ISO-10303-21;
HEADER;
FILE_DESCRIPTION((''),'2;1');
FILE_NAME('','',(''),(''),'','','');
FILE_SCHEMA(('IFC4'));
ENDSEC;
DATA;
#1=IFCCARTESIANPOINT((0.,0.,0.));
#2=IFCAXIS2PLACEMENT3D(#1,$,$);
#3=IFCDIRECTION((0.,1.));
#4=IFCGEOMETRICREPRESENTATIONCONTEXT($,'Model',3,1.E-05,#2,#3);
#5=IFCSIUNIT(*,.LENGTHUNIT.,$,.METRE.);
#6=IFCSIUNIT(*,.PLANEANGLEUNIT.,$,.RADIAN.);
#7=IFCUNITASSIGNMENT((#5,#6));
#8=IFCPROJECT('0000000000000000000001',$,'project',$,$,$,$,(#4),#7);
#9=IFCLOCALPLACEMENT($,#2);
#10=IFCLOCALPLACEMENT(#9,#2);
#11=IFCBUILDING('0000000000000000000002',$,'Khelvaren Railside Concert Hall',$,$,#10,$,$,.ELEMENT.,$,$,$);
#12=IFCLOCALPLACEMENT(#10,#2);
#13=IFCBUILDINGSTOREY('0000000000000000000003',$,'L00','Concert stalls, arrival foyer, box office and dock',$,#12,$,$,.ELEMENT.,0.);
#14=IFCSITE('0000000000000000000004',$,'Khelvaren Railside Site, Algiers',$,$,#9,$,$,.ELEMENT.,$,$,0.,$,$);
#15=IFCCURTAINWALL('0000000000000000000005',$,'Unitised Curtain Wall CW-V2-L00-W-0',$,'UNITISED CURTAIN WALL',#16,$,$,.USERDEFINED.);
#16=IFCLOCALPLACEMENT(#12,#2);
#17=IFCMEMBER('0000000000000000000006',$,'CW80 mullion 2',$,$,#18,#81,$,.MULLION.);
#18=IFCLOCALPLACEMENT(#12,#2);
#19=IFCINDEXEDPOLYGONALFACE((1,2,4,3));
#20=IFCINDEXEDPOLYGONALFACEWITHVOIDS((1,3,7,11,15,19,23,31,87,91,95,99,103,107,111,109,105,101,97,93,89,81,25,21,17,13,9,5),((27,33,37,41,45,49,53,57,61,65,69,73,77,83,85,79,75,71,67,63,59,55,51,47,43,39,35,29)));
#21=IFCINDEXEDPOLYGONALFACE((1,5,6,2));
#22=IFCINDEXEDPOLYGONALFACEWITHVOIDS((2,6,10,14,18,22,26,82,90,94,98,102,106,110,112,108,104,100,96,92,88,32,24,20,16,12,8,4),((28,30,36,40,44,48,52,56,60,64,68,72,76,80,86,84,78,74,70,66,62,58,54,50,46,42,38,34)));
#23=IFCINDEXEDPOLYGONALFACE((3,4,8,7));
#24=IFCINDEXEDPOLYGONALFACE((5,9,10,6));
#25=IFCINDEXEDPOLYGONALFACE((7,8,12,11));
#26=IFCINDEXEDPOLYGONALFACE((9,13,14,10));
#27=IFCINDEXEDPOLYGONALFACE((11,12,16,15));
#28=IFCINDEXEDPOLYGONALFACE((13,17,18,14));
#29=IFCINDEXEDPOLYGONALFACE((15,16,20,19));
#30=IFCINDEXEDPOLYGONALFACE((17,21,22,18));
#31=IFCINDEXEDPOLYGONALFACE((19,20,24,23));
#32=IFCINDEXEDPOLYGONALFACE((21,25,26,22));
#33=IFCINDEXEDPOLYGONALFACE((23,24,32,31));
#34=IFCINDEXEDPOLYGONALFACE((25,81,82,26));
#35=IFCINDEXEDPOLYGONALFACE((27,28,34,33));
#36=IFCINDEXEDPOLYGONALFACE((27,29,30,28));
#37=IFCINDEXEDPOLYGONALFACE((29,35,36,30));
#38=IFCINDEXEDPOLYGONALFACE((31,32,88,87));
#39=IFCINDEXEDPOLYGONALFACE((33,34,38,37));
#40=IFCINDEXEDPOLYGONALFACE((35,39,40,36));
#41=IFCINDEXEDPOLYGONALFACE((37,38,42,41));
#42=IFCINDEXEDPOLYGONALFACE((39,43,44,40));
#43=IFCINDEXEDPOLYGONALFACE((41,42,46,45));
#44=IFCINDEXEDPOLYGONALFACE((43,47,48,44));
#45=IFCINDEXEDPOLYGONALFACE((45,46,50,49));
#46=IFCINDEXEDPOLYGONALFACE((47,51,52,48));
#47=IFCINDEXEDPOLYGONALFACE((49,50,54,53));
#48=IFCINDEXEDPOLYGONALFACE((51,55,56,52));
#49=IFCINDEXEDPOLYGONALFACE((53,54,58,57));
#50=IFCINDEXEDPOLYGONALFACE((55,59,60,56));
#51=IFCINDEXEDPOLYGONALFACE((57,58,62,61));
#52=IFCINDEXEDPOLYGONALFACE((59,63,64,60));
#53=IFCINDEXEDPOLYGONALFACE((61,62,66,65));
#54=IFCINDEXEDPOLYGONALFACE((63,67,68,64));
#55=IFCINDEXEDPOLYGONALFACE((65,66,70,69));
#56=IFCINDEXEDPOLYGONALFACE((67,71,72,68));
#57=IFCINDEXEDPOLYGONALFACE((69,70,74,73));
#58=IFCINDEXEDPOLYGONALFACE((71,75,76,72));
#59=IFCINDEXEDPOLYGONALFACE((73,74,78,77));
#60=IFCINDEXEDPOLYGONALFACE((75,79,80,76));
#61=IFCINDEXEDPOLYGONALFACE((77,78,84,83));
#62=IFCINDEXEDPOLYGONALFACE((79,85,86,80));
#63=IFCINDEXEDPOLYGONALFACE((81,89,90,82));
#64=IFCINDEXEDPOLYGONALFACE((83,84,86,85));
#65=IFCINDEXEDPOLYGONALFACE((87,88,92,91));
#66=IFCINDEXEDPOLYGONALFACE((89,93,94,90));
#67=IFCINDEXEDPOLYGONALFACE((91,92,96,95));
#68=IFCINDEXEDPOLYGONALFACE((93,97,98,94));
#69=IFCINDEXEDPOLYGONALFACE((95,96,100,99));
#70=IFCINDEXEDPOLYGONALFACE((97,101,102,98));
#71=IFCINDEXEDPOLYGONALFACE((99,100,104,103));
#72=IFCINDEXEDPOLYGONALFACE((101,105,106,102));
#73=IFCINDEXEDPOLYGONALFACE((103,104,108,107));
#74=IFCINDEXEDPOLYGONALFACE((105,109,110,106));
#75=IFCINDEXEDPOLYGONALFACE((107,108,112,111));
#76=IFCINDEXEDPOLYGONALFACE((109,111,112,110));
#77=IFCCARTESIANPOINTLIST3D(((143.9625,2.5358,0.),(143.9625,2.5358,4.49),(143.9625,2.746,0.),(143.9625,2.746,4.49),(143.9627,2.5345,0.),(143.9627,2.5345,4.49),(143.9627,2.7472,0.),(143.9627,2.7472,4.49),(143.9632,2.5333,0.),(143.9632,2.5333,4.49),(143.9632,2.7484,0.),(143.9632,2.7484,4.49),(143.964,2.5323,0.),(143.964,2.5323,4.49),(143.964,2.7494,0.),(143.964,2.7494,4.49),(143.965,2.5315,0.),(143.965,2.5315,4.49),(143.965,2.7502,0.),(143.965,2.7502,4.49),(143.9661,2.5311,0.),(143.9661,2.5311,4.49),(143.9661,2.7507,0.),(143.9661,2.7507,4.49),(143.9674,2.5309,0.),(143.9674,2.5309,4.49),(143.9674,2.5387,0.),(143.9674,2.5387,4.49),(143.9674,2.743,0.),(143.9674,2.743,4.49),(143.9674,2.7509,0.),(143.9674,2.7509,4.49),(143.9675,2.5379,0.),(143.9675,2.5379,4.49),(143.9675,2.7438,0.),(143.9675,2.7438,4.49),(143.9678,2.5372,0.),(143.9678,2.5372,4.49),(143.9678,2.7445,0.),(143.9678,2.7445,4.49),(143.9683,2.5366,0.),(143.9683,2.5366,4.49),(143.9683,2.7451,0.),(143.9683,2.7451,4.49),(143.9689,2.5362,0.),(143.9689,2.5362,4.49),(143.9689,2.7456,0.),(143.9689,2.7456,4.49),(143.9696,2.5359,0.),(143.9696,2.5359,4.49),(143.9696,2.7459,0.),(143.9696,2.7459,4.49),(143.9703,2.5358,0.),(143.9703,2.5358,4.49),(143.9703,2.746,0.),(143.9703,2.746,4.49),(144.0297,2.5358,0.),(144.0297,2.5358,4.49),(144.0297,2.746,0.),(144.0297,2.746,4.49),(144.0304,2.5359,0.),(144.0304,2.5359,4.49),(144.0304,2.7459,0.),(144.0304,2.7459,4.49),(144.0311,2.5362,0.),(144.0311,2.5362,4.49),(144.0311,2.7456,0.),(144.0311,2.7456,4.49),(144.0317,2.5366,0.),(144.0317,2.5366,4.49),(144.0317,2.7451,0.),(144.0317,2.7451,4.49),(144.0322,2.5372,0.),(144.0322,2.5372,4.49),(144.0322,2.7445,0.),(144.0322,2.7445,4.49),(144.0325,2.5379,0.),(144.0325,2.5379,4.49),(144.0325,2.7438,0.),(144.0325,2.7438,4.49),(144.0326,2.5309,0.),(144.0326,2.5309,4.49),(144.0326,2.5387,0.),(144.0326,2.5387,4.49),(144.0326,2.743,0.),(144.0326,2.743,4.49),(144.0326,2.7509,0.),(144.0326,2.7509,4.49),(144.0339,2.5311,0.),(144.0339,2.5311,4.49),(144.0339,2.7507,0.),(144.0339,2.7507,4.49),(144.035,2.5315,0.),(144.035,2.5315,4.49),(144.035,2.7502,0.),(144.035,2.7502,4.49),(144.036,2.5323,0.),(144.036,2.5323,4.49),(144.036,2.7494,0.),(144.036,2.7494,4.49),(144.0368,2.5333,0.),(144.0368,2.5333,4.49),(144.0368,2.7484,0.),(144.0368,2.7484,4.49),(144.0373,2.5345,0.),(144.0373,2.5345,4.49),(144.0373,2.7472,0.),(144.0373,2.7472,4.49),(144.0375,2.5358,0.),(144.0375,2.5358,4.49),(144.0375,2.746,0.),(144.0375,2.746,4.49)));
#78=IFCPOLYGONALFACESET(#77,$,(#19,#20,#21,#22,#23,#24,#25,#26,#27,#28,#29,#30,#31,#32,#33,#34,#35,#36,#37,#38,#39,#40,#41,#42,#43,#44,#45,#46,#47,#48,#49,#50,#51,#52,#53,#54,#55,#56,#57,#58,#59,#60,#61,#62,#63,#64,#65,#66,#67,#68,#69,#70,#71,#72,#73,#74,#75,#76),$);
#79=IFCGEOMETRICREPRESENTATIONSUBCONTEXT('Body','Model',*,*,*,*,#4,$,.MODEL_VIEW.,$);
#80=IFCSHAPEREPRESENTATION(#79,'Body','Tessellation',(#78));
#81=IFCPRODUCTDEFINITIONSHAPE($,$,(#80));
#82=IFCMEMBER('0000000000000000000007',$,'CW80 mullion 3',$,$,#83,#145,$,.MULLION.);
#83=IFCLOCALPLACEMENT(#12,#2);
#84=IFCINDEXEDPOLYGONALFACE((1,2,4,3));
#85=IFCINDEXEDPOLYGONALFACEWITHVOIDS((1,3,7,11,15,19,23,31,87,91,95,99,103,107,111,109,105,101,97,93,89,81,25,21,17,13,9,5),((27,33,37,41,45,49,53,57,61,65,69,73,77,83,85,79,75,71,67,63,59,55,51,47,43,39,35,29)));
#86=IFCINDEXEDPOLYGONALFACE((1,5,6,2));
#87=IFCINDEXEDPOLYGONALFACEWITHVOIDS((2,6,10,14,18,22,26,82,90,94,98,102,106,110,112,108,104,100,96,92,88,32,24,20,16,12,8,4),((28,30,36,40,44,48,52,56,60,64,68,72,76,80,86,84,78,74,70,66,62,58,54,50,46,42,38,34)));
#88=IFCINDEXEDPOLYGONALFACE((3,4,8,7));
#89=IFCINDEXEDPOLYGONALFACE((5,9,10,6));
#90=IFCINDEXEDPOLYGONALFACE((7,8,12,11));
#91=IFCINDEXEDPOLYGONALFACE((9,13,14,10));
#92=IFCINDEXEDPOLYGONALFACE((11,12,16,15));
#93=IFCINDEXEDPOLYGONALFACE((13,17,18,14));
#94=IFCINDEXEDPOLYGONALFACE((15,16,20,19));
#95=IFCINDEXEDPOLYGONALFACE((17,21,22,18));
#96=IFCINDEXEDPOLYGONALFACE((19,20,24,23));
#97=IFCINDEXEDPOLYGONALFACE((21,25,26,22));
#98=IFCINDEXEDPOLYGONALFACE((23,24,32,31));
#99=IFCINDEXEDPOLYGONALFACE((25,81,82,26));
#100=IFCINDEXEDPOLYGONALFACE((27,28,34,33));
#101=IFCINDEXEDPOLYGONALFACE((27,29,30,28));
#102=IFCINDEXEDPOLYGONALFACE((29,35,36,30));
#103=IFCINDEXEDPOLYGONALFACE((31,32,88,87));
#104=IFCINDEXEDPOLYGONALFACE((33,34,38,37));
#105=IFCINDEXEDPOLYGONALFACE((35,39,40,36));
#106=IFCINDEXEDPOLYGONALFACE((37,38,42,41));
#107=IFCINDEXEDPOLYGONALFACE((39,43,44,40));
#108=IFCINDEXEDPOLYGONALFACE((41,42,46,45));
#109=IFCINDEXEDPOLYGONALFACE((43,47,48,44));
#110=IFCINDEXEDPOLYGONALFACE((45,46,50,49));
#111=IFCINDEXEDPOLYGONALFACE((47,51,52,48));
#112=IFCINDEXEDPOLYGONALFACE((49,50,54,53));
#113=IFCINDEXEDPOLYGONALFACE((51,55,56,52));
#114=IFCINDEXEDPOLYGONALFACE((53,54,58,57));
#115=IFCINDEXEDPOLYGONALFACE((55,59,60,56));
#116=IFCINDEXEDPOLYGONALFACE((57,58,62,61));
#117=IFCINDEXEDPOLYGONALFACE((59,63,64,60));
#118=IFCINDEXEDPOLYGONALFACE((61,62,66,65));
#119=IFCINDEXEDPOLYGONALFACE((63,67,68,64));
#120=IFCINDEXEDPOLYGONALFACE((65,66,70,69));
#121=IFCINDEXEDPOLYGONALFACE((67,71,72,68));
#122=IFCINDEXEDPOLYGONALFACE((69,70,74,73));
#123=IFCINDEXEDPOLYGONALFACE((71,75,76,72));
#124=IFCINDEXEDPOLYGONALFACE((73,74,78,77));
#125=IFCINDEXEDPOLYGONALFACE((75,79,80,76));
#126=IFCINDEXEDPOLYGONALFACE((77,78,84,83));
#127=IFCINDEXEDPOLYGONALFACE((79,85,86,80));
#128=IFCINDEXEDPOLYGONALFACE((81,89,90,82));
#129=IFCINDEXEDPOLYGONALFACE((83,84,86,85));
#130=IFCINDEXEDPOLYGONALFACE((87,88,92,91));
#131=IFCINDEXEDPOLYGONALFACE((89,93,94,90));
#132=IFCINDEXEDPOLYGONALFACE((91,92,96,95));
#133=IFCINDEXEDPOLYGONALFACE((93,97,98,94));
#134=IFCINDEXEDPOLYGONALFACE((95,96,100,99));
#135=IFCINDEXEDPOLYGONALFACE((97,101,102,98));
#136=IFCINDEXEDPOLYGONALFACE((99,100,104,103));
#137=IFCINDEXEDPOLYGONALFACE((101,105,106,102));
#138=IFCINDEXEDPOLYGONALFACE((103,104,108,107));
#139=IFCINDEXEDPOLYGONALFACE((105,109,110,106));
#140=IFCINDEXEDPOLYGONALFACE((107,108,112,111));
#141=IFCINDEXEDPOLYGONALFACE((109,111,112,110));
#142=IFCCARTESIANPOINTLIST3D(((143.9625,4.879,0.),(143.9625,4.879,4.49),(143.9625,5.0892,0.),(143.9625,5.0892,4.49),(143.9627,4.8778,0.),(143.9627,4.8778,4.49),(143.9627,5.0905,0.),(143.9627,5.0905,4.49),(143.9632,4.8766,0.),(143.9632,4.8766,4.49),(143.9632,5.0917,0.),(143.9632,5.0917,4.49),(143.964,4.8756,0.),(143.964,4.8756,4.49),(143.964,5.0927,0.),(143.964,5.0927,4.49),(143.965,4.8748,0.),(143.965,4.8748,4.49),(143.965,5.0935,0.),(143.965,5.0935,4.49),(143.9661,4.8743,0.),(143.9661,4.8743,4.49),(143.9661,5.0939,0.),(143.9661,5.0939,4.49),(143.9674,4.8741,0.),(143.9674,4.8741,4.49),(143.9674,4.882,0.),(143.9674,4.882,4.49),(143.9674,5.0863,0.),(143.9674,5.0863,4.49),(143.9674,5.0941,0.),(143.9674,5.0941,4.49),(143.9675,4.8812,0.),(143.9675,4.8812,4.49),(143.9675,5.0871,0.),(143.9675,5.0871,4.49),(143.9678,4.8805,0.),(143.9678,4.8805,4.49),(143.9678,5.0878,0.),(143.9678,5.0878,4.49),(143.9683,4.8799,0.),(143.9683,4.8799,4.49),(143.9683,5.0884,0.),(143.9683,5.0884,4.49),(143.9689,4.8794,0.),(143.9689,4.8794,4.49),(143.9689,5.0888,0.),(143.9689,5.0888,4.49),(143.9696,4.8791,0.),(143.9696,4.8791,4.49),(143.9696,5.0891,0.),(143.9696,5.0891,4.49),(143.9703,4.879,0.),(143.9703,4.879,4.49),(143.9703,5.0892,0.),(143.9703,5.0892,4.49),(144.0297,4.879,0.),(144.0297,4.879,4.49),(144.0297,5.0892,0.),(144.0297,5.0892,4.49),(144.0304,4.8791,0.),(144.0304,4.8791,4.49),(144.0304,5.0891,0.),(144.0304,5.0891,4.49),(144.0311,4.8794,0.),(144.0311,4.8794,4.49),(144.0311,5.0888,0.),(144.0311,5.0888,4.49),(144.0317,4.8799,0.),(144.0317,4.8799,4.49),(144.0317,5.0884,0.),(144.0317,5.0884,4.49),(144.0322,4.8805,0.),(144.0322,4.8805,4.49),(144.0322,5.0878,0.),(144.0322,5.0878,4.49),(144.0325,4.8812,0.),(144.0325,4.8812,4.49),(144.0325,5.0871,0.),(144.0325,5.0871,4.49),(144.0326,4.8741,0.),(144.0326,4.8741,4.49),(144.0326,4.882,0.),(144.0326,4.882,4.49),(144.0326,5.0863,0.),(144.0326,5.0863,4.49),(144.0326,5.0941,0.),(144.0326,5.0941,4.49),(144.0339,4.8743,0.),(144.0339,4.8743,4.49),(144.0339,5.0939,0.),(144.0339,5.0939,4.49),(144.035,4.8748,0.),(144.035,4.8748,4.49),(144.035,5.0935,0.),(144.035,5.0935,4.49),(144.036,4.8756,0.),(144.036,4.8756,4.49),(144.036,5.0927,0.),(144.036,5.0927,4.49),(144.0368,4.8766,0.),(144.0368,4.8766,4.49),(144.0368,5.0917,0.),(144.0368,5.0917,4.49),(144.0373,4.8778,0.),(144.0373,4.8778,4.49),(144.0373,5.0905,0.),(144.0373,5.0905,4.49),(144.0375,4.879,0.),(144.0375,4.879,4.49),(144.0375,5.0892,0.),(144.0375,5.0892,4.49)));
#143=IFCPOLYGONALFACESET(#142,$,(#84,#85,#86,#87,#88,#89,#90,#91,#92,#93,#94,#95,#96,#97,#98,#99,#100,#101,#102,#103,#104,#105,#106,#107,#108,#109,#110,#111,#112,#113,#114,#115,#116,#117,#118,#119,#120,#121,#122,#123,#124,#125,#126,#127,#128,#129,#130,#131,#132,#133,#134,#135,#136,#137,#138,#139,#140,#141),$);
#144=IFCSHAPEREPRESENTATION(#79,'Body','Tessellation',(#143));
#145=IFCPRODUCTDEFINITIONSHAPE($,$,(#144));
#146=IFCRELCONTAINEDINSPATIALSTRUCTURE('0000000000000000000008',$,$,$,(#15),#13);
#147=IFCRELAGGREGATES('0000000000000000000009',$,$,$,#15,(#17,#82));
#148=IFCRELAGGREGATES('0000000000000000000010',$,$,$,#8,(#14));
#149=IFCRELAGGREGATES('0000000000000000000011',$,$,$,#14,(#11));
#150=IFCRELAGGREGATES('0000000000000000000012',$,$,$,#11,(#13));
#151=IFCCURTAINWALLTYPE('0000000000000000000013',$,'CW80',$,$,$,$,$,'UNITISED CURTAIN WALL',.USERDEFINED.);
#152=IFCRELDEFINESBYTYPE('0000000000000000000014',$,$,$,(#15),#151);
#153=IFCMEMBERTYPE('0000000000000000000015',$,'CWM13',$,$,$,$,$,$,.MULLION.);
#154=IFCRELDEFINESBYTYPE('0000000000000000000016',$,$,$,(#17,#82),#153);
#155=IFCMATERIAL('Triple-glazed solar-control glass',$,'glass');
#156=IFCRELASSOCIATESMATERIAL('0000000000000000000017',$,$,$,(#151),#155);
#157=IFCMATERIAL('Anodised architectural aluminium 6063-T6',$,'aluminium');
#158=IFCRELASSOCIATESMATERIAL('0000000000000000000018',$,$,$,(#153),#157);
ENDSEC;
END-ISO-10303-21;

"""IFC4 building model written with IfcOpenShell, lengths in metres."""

from ifc_helpers import new_model, si_unit, direction, frame, origin, origin_2d, place, context, subcontext, project, spatial, hollow_rectangle, extrude, material, material_profile, profile_set, type_object, element, aggregate, save


model = new_model("IFC4")

# Units and contexts
model_context = context("Model", 3, precision=1e-05, world=origin(), true_north=direction((0.0, 1.0)))
body_context = subcontext(model_context, "Body", "Model", "MODEL_VIEW")
ifc_project = project(units=[si_unit("LENGTHUNIT", "METRE"), si_unit("PLANEANGLEUNIT", "RADIAN")], contexts=[model_context])

# Site, building, storey
site_placement = place(None, origin())
site = spatial("IfcSite", under=ifc_project, at=site_placement, Name="Khelvaren Railside Site, Algiers", CompositionType="ELEMENT", RefElevation=0.0)
building_placement = place(site_placement, origin())
building = spatial("IfcBuilding", under=site, at=building_placement, Name="Khelvaren Railside Concert Hall", CompositionType="ELEMENT")
storey_placement = place(building_placement, origin())
storey = spatial("IfcBuildingStorey", under=building, at=storey_placement, Name="L00", Description="Concert stalls, arrival foyer, box office and dock", CompositionType="ELEMENT", Elevation=0.0)

# Curtain wall, members
ifc_material_1 = material(Name="Triple-glazed solar-control glass", Category="glass")
curtain_wall_type_1 = type_object("IfcCurtainWallType", Name="CW80", ElementType="UNITISED CURTAIN WALL", PredefinedType="USERDEFINED", material=ifc_material_1)
curtain_wall_1_placement = place(storey_placement, origin())
curtain_wall_1 = element("IfcCurtainWall", 1, at=curtain_wall_1_placement, inside=storey, type_object=curtain_wall_type_1, Name="Unitised Curtain Wall CW-V2-L00-W-0", ObjectType="UNITISED CURTAIN WALL", PredefinedType="USERDEFINED")
ifc_material_2 = material(Name="Anodised architectural aluminium 6063-T6", Category="aluminium")
ifc_material_profile_1 = material_profile(ifc_material_2, hollow_rectangle(XDim=0.075, YDim=0.22, WallThickness=0.0049, InnerFilletRadius=0.0029, OuterFilletRadius=0.0049, at=origin_2d()), Name="CWM 75x220x5")
ifc_profile_set_1 = profile_set([ifc_material_profile_1], Name="Anodised architectural aluminium 6063-T6")
member_type_1 = type_object("IfcMemberType", Name="CWM13", PredefinedType="MULLION", material=ifc_profile_set_1)
member_1_placement = place(storey_placement, frame((144.0, 2.6409, 0.0), z_axis=(0.0, 0.0, 1.0), x_axis=(-1.0, 0.0, 0.0)))
member_1 = element("IfcMember", 2, at=member_1_placement, type_object=member_type_1, Name="CW80 mullion 2", PredefinedType="MULLION", context=body_context, shape_type="SweptSolid", body=[
    extrude(hollow_rectangle(XDim=0.075, YDim=0.22, WallThickness=0.0049, InnerFilletRadius=0.0029, OuterFilletRadius=0.0049, at=origin_2d()), origin(), (0.0, 0.0, 1.0), 4.49),
])
member_2_placement = place(storey_placement, frame((144.0, 4.9841, 0.0), z_axis=(0.0, 0.0, 1.0), x_axis=(-1.0, 0.0, 0.0)))
member_2 = element("IfcMember", 3, at=member_2_placement, type_object=member_type_1, Name="CW80 mullion 3", PredefinedType="MULLION", context=body_context, shape_type="SweptSolid", body=[
    extrude(hollow_rectangle(XDim=0.075, YDim=0.22, WallThickness=0.0049, InnerFilletRadius=0.0029, OuterFilletRadius=0.0049, at=origin_2d()), origin(), (0.0, 0.0, 1.0), 4.49),
])

aggregate(curtain_wall_1, [member_1, member_2])

save(model, "model.ifc")
